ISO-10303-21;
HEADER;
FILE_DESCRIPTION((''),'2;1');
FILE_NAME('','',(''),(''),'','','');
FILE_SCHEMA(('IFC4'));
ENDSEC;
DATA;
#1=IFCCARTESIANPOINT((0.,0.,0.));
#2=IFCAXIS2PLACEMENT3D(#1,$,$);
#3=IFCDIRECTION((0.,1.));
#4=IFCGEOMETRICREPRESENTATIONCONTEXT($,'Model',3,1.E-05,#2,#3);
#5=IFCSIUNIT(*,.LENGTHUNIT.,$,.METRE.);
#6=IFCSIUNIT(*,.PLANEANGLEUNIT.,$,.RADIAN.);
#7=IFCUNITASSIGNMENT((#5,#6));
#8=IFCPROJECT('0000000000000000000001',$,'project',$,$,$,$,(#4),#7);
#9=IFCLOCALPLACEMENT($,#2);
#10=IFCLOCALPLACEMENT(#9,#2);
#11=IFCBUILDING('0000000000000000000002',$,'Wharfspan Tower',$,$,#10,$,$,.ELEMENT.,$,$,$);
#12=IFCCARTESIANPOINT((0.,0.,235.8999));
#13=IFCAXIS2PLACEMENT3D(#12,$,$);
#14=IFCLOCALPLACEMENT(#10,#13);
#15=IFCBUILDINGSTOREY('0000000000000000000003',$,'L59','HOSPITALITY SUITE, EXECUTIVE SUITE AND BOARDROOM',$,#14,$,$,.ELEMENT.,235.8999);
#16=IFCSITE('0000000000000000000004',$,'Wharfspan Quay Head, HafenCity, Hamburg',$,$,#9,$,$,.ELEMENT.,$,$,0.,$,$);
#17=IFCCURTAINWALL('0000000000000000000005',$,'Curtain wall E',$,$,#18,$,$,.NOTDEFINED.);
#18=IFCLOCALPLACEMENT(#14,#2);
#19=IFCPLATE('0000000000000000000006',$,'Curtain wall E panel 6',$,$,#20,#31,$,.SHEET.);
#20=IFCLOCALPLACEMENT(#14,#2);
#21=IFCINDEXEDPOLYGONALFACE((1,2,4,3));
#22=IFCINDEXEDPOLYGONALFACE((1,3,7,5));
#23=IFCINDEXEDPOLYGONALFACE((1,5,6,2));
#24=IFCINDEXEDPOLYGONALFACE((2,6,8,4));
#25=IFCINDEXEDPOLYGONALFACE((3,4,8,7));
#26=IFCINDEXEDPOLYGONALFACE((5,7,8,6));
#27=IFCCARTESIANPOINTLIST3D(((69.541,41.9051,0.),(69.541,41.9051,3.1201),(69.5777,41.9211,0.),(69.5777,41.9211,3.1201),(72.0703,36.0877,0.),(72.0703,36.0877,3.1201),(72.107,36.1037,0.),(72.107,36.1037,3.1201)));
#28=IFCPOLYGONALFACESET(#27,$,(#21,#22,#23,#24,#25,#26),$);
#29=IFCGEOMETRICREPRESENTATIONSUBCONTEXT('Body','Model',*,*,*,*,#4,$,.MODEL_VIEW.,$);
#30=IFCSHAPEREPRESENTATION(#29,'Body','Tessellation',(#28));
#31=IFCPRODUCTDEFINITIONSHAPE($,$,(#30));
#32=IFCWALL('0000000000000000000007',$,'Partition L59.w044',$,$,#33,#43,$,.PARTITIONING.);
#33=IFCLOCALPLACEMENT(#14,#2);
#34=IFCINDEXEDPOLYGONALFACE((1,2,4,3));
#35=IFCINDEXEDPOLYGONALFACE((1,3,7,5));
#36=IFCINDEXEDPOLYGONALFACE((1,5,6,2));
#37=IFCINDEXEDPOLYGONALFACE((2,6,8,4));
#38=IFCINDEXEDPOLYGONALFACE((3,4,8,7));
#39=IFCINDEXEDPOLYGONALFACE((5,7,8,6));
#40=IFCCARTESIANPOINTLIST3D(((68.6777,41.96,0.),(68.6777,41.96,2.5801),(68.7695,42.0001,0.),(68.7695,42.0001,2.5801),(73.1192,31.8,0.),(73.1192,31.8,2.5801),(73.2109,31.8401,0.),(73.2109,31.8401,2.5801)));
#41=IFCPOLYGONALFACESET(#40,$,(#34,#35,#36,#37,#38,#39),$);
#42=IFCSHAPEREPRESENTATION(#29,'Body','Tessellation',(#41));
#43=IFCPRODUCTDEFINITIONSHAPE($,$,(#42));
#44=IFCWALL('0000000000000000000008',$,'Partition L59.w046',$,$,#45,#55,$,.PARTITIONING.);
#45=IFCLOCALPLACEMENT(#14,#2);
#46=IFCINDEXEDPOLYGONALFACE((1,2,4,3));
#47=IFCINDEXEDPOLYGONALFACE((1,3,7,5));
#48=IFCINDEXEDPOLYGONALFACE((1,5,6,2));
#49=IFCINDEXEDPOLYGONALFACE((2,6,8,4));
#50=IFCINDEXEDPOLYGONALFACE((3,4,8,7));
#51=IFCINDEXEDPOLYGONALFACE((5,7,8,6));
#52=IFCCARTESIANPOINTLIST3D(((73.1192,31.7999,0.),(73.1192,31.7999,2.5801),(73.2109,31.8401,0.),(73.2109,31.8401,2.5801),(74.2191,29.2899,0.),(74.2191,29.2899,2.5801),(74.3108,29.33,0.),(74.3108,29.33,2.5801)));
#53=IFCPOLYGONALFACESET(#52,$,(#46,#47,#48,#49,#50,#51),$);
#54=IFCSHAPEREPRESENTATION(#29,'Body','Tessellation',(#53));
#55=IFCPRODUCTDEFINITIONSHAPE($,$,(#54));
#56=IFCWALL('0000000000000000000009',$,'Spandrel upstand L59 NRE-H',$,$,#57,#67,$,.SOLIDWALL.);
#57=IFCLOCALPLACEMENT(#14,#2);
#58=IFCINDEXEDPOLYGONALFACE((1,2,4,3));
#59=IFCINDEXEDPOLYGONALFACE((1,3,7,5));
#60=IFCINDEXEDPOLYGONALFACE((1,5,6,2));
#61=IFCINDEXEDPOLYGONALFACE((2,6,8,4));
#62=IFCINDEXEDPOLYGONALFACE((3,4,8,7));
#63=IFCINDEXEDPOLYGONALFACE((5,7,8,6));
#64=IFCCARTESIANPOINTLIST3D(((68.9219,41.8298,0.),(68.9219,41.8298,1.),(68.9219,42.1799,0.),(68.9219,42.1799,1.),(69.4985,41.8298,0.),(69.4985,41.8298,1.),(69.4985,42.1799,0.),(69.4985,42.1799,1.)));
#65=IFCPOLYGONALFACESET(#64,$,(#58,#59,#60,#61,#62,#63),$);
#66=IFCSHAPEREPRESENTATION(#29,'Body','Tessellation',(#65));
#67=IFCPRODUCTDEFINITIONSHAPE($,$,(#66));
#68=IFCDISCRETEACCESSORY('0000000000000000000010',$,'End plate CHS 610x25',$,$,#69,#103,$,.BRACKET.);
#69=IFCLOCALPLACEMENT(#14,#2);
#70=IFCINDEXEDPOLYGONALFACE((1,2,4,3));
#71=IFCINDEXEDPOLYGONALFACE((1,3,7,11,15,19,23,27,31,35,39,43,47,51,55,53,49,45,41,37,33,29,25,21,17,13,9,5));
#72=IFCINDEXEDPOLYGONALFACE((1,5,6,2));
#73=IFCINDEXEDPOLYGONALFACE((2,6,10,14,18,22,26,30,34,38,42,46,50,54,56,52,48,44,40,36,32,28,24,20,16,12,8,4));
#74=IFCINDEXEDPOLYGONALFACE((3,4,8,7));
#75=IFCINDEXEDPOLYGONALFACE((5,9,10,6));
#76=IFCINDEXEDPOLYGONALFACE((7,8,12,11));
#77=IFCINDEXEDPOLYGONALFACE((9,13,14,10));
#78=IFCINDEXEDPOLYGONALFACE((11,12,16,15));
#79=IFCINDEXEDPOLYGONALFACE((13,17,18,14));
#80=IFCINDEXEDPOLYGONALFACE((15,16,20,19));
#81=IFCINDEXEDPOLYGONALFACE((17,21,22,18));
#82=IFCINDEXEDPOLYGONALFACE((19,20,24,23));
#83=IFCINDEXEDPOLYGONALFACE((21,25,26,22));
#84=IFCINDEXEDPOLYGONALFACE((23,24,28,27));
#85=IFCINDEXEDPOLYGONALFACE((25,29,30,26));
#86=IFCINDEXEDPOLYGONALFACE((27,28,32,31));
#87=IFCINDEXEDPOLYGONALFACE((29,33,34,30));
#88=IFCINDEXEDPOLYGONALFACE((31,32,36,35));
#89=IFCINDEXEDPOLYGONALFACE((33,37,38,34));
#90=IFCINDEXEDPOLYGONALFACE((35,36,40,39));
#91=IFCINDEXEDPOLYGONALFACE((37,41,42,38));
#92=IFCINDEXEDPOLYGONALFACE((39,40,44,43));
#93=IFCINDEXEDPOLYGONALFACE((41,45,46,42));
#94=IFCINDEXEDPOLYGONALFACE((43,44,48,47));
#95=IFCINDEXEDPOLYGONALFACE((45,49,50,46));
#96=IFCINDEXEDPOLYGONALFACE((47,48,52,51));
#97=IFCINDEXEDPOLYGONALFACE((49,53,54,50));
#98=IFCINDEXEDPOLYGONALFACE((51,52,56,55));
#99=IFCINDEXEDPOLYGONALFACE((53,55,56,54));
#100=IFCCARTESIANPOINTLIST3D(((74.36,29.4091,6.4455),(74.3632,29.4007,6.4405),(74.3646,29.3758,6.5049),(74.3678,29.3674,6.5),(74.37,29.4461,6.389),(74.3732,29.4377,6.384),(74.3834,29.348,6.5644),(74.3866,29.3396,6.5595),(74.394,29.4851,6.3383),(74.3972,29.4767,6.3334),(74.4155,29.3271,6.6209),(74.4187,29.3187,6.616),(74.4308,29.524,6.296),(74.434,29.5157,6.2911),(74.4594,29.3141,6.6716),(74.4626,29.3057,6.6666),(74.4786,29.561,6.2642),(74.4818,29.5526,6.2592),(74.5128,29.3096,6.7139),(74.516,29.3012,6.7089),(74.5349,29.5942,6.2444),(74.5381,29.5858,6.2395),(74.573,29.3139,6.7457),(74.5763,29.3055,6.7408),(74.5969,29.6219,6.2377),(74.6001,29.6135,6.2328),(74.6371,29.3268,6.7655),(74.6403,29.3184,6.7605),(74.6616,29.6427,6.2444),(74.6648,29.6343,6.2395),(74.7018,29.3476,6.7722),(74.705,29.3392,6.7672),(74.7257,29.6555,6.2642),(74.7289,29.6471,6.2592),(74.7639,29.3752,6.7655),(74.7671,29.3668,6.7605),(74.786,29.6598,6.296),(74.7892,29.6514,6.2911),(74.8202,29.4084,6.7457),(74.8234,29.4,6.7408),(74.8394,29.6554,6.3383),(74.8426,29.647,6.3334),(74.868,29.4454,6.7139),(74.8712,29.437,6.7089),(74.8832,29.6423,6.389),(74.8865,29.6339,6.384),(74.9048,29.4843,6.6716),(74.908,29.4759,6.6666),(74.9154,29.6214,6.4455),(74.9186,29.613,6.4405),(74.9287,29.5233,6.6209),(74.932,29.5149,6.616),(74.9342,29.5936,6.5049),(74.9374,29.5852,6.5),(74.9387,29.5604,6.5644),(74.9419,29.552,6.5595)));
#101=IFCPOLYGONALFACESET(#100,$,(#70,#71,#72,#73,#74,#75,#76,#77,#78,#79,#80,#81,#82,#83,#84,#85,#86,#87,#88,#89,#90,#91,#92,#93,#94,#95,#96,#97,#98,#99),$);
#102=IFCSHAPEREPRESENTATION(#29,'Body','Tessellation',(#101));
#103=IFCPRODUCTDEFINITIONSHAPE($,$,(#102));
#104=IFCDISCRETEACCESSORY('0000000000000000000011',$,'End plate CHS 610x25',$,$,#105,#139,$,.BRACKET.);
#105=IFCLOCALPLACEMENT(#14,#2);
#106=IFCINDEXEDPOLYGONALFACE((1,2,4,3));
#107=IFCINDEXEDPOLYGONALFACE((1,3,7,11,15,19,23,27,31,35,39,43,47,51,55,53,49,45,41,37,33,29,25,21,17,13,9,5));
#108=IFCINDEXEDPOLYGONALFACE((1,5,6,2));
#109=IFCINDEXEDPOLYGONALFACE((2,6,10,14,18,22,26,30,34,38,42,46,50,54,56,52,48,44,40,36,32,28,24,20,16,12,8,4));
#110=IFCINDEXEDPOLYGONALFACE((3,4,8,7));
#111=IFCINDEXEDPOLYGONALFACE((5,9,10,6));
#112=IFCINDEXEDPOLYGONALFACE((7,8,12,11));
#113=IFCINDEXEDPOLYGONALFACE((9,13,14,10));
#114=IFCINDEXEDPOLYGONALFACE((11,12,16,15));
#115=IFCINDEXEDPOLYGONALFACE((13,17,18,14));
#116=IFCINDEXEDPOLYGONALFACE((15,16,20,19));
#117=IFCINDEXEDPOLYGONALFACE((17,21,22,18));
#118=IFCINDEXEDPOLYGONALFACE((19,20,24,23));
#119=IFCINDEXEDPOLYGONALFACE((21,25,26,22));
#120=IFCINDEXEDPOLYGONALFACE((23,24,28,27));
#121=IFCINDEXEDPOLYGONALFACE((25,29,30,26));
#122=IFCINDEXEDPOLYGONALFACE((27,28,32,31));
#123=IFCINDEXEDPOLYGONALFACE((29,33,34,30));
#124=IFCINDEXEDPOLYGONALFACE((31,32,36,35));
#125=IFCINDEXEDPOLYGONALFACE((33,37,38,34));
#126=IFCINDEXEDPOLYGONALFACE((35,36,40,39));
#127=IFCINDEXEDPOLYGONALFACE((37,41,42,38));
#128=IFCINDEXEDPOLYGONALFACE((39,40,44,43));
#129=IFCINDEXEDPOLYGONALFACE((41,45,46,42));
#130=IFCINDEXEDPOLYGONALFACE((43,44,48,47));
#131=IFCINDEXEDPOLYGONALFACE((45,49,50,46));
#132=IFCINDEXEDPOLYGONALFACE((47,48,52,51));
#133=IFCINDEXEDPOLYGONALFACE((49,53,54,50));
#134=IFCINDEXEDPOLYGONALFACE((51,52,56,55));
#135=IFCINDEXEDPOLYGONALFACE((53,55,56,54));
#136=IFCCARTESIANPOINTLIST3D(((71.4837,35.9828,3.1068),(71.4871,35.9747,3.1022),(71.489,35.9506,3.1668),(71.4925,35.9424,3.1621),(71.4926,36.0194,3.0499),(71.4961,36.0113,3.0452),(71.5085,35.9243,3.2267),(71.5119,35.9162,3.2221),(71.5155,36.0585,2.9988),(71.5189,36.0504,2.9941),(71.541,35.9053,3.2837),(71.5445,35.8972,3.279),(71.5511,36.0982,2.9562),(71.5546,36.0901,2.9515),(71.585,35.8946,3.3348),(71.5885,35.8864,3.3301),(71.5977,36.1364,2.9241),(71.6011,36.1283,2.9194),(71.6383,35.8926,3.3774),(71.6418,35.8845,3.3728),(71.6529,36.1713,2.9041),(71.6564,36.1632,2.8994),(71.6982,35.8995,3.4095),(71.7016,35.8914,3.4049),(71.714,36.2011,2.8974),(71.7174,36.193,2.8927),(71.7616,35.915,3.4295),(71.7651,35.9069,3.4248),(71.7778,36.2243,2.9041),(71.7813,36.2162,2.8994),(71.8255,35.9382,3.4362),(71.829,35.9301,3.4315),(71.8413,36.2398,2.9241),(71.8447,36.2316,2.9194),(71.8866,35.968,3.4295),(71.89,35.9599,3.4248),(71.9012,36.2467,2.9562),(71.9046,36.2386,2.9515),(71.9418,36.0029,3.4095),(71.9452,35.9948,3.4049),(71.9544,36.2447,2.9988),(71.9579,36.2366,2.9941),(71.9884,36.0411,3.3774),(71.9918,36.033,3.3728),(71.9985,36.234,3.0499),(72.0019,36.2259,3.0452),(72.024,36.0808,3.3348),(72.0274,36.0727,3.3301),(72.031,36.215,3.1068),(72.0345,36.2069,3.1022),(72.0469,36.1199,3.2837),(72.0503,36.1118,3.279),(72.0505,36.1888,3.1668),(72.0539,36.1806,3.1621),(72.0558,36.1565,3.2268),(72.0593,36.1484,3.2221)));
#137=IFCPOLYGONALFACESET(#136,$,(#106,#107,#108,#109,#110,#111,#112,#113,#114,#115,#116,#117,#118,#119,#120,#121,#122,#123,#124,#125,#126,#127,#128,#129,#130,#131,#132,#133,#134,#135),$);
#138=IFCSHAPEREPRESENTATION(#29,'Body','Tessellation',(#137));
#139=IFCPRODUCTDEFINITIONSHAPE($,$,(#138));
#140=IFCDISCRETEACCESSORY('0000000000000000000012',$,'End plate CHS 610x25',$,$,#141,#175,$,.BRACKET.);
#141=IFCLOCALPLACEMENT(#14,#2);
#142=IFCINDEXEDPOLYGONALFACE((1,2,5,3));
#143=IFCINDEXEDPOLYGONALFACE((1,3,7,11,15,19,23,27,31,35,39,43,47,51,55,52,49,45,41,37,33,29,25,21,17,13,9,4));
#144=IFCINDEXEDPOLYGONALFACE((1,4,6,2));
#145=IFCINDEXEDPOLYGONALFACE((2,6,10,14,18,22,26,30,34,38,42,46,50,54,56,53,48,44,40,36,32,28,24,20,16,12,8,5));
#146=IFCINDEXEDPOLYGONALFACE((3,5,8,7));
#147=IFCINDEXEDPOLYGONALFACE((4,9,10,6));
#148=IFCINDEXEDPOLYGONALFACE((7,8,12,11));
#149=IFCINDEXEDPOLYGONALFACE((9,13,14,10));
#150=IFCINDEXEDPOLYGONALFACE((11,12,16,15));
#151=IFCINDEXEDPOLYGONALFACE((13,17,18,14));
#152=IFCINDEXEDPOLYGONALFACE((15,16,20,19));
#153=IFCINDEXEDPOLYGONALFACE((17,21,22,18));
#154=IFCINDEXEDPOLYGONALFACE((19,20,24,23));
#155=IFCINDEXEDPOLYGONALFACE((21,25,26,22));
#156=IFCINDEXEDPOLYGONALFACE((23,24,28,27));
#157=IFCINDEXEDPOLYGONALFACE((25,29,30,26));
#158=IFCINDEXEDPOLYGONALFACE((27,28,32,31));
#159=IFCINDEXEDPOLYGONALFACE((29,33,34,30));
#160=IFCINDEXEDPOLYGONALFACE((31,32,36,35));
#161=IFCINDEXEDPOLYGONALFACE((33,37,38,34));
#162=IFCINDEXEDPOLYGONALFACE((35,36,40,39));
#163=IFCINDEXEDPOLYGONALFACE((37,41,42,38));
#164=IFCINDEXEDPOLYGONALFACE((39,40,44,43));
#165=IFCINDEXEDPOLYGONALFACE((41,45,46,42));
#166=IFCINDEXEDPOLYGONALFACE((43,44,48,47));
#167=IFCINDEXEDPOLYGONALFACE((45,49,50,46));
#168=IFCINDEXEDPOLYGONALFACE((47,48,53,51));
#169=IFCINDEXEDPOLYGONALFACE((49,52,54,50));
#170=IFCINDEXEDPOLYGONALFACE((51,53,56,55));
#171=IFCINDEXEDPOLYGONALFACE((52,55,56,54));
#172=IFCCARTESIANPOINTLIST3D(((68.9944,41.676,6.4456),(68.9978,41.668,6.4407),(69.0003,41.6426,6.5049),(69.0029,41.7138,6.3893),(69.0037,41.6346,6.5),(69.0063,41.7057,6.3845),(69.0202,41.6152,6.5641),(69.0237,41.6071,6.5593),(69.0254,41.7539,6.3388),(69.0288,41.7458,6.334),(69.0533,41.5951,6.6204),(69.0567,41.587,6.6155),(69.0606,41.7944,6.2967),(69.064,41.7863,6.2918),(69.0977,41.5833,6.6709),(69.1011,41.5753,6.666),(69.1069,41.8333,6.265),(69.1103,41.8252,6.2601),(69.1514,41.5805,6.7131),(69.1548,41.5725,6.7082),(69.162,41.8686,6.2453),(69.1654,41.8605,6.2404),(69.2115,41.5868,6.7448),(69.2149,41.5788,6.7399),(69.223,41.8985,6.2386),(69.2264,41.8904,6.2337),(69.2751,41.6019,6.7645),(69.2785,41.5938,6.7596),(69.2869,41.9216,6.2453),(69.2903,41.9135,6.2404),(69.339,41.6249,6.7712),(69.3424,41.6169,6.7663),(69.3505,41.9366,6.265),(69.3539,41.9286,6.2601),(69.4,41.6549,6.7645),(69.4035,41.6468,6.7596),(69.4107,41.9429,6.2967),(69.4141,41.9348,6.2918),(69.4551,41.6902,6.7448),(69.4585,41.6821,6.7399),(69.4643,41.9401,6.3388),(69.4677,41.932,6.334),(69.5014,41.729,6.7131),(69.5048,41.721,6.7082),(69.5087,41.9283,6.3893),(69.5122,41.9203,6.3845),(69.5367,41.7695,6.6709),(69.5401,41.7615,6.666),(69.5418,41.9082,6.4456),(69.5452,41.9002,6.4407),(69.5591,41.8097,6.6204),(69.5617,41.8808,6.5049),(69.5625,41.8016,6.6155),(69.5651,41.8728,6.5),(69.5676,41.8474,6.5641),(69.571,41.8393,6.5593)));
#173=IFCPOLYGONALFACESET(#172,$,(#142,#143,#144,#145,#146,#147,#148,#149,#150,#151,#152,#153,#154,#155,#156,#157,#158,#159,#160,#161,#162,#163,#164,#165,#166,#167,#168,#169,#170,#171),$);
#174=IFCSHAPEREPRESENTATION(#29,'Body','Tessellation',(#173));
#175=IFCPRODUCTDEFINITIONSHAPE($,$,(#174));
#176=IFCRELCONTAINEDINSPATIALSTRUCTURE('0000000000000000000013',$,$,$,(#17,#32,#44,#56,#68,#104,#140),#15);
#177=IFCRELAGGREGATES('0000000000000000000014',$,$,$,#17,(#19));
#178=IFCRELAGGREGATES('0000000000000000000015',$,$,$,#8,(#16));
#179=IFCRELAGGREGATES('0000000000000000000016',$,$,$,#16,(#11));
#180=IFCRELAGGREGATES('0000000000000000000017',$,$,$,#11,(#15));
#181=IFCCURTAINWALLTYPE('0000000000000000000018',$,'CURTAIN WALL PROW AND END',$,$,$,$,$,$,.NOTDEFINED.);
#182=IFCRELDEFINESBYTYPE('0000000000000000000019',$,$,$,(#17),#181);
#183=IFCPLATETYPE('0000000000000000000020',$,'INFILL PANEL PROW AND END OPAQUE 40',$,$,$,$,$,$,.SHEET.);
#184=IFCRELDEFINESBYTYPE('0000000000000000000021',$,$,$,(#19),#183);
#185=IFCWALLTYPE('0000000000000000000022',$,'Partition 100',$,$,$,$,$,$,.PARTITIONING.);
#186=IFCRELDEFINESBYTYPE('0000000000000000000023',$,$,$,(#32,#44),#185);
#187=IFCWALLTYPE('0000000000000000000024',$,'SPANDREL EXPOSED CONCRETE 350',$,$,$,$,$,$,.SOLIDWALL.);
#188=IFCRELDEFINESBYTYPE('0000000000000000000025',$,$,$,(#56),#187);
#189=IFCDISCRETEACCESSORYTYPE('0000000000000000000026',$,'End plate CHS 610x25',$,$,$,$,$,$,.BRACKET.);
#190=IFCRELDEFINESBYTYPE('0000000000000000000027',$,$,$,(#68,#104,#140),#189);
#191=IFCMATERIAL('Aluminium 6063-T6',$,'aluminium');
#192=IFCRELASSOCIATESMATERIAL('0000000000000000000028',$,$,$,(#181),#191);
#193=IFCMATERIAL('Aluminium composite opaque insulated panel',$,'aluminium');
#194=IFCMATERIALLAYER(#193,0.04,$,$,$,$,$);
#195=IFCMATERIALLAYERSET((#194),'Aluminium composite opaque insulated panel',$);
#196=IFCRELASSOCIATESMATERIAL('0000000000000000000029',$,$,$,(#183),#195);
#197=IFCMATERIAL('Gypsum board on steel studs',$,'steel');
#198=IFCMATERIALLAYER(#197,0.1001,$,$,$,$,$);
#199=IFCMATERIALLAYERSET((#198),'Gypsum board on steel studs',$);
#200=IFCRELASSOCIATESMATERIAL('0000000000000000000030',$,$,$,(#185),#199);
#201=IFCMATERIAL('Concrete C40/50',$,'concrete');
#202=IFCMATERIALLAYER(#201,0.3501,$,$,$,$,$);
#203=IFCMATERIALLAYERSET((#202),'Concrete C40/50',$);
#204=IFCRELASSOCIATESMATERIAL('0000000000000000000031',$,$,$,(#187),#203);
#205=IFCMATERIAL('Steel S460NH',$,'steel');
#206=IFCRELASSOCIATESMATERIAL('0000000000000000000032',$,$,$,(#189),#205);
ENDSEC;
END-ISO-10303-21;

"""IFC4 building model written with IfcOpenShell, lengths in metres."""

from ifc_helpers import new_model, si_unit, direction, frame, frame_2d, origin, origin_2d, place, context, subcontext, project, spatial, rectangle, circle, extrude, material, layer, layer_set, material_profile, profile_set, type_object, element, aggregate, save


model = new_model("IFC4")

# Units and contexts
model_context = context("Model", 3, precision=1e-05, world=origin(), true_north=direction((0.0, 1.0)))
body_context = subcontext(model_context, "Body", "Model", "MODEL_VIEW")
ifc_project = project(units=[si_unit("LENGTHUNIT", "METRE"), si_unit("PLANEANGLEUNIT", "RADIAN")], contexts=[model_context])

# Site, building, storey
site_placement = place(None, origin())
site = spatial("IfcSite", under=ifc_project, at=site_placement, Name="Wharfspan Quay Head, HafenCity, Hamburg", CompositionType="ELEMENT", RefElevation=0.0)
building_placement = place(site_placement, origin())
building = spatial("IfcBuilding", under=site, at=building_placement, Name="Wharfspan Tower", CompositionType="ELEMENT")
storey_placement = place(building_placement, frame((0.0, 0.0, 235.8999)))
storey = spatial("IfcBuildingStorey", under=building, at=storey_placement, Name="L59", Description="HOSPITALITY SUITE, EXECUTIVE SUITE AND BOARDROOM", CompositionType="ELEMENT", Elevation=235.8999)

# Curtain wall
ifc_material_1 = material(Name="Aluminium 6063-T6", Category="aluminium")
curtain_wall_type = type_object("IfcCurtainWallType", Name="CURTAIN WALL PROW AND END", PredefinedType="NOTDEFINED", material=ifc_material_1)
curtain_wall_1_placement = place(storey_placement, origin())
curtain_wall_1 = element("IfcCurtainWall", 1, at=curtain_wall_1_placement, inside=storey, type_object=curtain_wall_type, Name="Curtain wall E", PredefinedType="NOTDEFINED")

# Shared definitions
ifc_material_2 = material(Name="Steel S460NH", Category="steel")

# Plate
ifc_material_3 = material(Name="Aluminium composite opaque insulated panel", Category="aluminium")
ifc_layer_1 = layer(ifc_material_3, 0.04)
ifc_layer_set_1 = layer_set([ifc_layer_1], Name="Aluminium composite opaque insulated panel")
plate_type = type_object("IfcPlateType", Name="INFILL PANEL PROW AND END OPAQUE 40", PredefinedType="SHEET", material=ifc_layer_set_1)
plate_1_placement = place(storey_placement, frame((70.824, 39.0044, 0.0), z_axis=(0.0, 0.0, 1.0), x_axis=(-0.398727, 0.917072, 0.0)))
plate_1 = element("IfcPlate", 2, at=plate_1_placement, type_object=plate_type, Name="Curtain wall E panel 6", PredefinedType="SHEET", context=body_context, shape_type="SweptSolid", body=[
    extrude(rectangle(XDim=6.3435, YDim=0.04, at=origin_2d()), origin(), (0.0, 0.0, 1.0), 3.1201),
])
aggregate(curtain_wall_1, [plate_1])

# Walls
ifc_material_4 = material(Name="Gypsum board on steel studs", Category="steel")
ifc_layer_2 = layer(ifc_material_4, 0.1001)
ifc_layer_set_2 = layer_set([ifc_layer_2], Name="Gypsum board on steel studs")
wall_type_1 = type_object("IfcWallType", Name="Partition 100", PredefinedType="PARTITIONING", material=ifc_layer_set_2)
wall_1_placement = place(storey_placement, frame((73.165, 31.8201, 0.0), z_axis=(0.0, 0.0, 1.0), x_axis=(-0.400551, 0.916278, 0.0)))
element("IfcWall", 3, at=wall_1_placement, inside=storey, type_object=wall_type_1, Name="Partition L59.w044", PredefinedType="PARTITIONING", context=body_context, shape_type="SweptSolid", body=[
    extrude(rectangle(XDim=11.0884, YDim=0.1001, at=frame_2d((5.5442, 0.0))), origin(), (0.0, 0.0, 1.0), 2.5801),
])
wall_2_placement = place(storey_placement, frame((74.2649, 29.3101, 0.0), z_axis=(0.0, 0.0, 1.0), x_axis=(-0.401346, 0.915924, 0.0)))
element("IfcWall", 4, at=wall_2_placement, inside=storey, type_object=wall_type_1, Name="Partition L59.w046", PredefinedType="PARTITIONING", context=body_context, shape_type="SweptSolid", body=[
    extrude(rectangle(XDim=2.7405, YDim=0.1001, at=frame_2d((1.3701, 0.0))), origin(), (0.0, 0.0, 1.0), 2.5801),
])
ifc_material_5 = material(Name="Concrete C40/50", Category="concrete")
ifc_layer_3 = layer(ifc_material_5, 0.3501)
ifc_layer_set_3 = layer_set([ifc_layer_3], Name="Concrete C40/50")
wall_type_2 = type_object("IfcWallType", Name="SPANDREL EXPOSED CONCRETE 350", PredefinedType="SOLIDWALL", material=ifc_layer_set_3)
wall_3_placement = place(storey_placement, frame((69.4985, 42.0049, 0.0), z_axis=(0.0, 0.0, 1.0), x_axis=(-1.0, 0.0, 0.0)))
element("IfcWall", 5, at=wall_3_placement, inside=storey, type_object=wall_type_2, Name="Spandrel upstand L59 NRE-H", PredefinedType="SOLIDWALL", context=body_context, shape_type="SweptSolid", body=[
    extrude(rectangle(XDim=0.5767, YDim=0.3501, at=frame_2d((0.2883, 0.0))), origin(), (0.0, 0.0, 1.0), 1.0),
])

# Discrete accessories
ifc_material_profile_1 = material_profile(ifc_material_2, circle(Radius=0.3049, at=origin_2d()))
ifc_profile_set_1 = profile_set([ifc_material_profile_1], Name="Steel S460NH")
discrete_accessory_type = type_object("IfcDiscreteAccessoryType", Name="End plate CHS 610x25", PredefinedType="BRACKET", material=ifc_profile_set_1)
discrete_accessory_placement = place(storey_placement, frame((74.6526, 29.4763, 6.5), z_axis=(-0.313003, 0.818624, 0.481543), x_axis=(-0.934053, -0.357137, -0.000001)))
element("IfcDiscreteAccessory", 6, at=discrete_accessory_placement, inside=storey, type_object=discrete_accessory_type, Name="End plate CHS 610x25", PredefinedType="BRACKET", context=body_context, shape_type="SweptSolid", body=[
    extrude(circle(Radius=0.3049, at=origin_2d()), origin(), (0.0, 0.0, 1.0), 0.0103),
])
for number, where, z_axis, x_axis, name in (
    (7, (71.7732, 36.0615, 3.1621), (-0.345075, 0.81339, 0.468316), (-0.920586, -0.390551, -0.000002), "End plate CHS 610x25"),
    (8, (69.2844, 41.7537, 6.5), (-0.341058, 0.803922, 0.487226), (-0.920584, -0.390551, 0.0), "End plate CHS 610x25"),
):
    element("IfcDiscreteAccessory", number, at=place(storey_placement, frame(where, z_axis=z_axis, x_axis=x_axis)), inside=storey, type_object=discrete_accessory_type, Name=name, PredefinedType="BRACKET", context=body_context, shape_type="SweptSolid", body=[
        extrude(circle(Radius=0.3049, at=origin_2d()), origin(), (0.0, 0.0, 1.0), 0.01),
    ])

save(model, "model.ifc")
